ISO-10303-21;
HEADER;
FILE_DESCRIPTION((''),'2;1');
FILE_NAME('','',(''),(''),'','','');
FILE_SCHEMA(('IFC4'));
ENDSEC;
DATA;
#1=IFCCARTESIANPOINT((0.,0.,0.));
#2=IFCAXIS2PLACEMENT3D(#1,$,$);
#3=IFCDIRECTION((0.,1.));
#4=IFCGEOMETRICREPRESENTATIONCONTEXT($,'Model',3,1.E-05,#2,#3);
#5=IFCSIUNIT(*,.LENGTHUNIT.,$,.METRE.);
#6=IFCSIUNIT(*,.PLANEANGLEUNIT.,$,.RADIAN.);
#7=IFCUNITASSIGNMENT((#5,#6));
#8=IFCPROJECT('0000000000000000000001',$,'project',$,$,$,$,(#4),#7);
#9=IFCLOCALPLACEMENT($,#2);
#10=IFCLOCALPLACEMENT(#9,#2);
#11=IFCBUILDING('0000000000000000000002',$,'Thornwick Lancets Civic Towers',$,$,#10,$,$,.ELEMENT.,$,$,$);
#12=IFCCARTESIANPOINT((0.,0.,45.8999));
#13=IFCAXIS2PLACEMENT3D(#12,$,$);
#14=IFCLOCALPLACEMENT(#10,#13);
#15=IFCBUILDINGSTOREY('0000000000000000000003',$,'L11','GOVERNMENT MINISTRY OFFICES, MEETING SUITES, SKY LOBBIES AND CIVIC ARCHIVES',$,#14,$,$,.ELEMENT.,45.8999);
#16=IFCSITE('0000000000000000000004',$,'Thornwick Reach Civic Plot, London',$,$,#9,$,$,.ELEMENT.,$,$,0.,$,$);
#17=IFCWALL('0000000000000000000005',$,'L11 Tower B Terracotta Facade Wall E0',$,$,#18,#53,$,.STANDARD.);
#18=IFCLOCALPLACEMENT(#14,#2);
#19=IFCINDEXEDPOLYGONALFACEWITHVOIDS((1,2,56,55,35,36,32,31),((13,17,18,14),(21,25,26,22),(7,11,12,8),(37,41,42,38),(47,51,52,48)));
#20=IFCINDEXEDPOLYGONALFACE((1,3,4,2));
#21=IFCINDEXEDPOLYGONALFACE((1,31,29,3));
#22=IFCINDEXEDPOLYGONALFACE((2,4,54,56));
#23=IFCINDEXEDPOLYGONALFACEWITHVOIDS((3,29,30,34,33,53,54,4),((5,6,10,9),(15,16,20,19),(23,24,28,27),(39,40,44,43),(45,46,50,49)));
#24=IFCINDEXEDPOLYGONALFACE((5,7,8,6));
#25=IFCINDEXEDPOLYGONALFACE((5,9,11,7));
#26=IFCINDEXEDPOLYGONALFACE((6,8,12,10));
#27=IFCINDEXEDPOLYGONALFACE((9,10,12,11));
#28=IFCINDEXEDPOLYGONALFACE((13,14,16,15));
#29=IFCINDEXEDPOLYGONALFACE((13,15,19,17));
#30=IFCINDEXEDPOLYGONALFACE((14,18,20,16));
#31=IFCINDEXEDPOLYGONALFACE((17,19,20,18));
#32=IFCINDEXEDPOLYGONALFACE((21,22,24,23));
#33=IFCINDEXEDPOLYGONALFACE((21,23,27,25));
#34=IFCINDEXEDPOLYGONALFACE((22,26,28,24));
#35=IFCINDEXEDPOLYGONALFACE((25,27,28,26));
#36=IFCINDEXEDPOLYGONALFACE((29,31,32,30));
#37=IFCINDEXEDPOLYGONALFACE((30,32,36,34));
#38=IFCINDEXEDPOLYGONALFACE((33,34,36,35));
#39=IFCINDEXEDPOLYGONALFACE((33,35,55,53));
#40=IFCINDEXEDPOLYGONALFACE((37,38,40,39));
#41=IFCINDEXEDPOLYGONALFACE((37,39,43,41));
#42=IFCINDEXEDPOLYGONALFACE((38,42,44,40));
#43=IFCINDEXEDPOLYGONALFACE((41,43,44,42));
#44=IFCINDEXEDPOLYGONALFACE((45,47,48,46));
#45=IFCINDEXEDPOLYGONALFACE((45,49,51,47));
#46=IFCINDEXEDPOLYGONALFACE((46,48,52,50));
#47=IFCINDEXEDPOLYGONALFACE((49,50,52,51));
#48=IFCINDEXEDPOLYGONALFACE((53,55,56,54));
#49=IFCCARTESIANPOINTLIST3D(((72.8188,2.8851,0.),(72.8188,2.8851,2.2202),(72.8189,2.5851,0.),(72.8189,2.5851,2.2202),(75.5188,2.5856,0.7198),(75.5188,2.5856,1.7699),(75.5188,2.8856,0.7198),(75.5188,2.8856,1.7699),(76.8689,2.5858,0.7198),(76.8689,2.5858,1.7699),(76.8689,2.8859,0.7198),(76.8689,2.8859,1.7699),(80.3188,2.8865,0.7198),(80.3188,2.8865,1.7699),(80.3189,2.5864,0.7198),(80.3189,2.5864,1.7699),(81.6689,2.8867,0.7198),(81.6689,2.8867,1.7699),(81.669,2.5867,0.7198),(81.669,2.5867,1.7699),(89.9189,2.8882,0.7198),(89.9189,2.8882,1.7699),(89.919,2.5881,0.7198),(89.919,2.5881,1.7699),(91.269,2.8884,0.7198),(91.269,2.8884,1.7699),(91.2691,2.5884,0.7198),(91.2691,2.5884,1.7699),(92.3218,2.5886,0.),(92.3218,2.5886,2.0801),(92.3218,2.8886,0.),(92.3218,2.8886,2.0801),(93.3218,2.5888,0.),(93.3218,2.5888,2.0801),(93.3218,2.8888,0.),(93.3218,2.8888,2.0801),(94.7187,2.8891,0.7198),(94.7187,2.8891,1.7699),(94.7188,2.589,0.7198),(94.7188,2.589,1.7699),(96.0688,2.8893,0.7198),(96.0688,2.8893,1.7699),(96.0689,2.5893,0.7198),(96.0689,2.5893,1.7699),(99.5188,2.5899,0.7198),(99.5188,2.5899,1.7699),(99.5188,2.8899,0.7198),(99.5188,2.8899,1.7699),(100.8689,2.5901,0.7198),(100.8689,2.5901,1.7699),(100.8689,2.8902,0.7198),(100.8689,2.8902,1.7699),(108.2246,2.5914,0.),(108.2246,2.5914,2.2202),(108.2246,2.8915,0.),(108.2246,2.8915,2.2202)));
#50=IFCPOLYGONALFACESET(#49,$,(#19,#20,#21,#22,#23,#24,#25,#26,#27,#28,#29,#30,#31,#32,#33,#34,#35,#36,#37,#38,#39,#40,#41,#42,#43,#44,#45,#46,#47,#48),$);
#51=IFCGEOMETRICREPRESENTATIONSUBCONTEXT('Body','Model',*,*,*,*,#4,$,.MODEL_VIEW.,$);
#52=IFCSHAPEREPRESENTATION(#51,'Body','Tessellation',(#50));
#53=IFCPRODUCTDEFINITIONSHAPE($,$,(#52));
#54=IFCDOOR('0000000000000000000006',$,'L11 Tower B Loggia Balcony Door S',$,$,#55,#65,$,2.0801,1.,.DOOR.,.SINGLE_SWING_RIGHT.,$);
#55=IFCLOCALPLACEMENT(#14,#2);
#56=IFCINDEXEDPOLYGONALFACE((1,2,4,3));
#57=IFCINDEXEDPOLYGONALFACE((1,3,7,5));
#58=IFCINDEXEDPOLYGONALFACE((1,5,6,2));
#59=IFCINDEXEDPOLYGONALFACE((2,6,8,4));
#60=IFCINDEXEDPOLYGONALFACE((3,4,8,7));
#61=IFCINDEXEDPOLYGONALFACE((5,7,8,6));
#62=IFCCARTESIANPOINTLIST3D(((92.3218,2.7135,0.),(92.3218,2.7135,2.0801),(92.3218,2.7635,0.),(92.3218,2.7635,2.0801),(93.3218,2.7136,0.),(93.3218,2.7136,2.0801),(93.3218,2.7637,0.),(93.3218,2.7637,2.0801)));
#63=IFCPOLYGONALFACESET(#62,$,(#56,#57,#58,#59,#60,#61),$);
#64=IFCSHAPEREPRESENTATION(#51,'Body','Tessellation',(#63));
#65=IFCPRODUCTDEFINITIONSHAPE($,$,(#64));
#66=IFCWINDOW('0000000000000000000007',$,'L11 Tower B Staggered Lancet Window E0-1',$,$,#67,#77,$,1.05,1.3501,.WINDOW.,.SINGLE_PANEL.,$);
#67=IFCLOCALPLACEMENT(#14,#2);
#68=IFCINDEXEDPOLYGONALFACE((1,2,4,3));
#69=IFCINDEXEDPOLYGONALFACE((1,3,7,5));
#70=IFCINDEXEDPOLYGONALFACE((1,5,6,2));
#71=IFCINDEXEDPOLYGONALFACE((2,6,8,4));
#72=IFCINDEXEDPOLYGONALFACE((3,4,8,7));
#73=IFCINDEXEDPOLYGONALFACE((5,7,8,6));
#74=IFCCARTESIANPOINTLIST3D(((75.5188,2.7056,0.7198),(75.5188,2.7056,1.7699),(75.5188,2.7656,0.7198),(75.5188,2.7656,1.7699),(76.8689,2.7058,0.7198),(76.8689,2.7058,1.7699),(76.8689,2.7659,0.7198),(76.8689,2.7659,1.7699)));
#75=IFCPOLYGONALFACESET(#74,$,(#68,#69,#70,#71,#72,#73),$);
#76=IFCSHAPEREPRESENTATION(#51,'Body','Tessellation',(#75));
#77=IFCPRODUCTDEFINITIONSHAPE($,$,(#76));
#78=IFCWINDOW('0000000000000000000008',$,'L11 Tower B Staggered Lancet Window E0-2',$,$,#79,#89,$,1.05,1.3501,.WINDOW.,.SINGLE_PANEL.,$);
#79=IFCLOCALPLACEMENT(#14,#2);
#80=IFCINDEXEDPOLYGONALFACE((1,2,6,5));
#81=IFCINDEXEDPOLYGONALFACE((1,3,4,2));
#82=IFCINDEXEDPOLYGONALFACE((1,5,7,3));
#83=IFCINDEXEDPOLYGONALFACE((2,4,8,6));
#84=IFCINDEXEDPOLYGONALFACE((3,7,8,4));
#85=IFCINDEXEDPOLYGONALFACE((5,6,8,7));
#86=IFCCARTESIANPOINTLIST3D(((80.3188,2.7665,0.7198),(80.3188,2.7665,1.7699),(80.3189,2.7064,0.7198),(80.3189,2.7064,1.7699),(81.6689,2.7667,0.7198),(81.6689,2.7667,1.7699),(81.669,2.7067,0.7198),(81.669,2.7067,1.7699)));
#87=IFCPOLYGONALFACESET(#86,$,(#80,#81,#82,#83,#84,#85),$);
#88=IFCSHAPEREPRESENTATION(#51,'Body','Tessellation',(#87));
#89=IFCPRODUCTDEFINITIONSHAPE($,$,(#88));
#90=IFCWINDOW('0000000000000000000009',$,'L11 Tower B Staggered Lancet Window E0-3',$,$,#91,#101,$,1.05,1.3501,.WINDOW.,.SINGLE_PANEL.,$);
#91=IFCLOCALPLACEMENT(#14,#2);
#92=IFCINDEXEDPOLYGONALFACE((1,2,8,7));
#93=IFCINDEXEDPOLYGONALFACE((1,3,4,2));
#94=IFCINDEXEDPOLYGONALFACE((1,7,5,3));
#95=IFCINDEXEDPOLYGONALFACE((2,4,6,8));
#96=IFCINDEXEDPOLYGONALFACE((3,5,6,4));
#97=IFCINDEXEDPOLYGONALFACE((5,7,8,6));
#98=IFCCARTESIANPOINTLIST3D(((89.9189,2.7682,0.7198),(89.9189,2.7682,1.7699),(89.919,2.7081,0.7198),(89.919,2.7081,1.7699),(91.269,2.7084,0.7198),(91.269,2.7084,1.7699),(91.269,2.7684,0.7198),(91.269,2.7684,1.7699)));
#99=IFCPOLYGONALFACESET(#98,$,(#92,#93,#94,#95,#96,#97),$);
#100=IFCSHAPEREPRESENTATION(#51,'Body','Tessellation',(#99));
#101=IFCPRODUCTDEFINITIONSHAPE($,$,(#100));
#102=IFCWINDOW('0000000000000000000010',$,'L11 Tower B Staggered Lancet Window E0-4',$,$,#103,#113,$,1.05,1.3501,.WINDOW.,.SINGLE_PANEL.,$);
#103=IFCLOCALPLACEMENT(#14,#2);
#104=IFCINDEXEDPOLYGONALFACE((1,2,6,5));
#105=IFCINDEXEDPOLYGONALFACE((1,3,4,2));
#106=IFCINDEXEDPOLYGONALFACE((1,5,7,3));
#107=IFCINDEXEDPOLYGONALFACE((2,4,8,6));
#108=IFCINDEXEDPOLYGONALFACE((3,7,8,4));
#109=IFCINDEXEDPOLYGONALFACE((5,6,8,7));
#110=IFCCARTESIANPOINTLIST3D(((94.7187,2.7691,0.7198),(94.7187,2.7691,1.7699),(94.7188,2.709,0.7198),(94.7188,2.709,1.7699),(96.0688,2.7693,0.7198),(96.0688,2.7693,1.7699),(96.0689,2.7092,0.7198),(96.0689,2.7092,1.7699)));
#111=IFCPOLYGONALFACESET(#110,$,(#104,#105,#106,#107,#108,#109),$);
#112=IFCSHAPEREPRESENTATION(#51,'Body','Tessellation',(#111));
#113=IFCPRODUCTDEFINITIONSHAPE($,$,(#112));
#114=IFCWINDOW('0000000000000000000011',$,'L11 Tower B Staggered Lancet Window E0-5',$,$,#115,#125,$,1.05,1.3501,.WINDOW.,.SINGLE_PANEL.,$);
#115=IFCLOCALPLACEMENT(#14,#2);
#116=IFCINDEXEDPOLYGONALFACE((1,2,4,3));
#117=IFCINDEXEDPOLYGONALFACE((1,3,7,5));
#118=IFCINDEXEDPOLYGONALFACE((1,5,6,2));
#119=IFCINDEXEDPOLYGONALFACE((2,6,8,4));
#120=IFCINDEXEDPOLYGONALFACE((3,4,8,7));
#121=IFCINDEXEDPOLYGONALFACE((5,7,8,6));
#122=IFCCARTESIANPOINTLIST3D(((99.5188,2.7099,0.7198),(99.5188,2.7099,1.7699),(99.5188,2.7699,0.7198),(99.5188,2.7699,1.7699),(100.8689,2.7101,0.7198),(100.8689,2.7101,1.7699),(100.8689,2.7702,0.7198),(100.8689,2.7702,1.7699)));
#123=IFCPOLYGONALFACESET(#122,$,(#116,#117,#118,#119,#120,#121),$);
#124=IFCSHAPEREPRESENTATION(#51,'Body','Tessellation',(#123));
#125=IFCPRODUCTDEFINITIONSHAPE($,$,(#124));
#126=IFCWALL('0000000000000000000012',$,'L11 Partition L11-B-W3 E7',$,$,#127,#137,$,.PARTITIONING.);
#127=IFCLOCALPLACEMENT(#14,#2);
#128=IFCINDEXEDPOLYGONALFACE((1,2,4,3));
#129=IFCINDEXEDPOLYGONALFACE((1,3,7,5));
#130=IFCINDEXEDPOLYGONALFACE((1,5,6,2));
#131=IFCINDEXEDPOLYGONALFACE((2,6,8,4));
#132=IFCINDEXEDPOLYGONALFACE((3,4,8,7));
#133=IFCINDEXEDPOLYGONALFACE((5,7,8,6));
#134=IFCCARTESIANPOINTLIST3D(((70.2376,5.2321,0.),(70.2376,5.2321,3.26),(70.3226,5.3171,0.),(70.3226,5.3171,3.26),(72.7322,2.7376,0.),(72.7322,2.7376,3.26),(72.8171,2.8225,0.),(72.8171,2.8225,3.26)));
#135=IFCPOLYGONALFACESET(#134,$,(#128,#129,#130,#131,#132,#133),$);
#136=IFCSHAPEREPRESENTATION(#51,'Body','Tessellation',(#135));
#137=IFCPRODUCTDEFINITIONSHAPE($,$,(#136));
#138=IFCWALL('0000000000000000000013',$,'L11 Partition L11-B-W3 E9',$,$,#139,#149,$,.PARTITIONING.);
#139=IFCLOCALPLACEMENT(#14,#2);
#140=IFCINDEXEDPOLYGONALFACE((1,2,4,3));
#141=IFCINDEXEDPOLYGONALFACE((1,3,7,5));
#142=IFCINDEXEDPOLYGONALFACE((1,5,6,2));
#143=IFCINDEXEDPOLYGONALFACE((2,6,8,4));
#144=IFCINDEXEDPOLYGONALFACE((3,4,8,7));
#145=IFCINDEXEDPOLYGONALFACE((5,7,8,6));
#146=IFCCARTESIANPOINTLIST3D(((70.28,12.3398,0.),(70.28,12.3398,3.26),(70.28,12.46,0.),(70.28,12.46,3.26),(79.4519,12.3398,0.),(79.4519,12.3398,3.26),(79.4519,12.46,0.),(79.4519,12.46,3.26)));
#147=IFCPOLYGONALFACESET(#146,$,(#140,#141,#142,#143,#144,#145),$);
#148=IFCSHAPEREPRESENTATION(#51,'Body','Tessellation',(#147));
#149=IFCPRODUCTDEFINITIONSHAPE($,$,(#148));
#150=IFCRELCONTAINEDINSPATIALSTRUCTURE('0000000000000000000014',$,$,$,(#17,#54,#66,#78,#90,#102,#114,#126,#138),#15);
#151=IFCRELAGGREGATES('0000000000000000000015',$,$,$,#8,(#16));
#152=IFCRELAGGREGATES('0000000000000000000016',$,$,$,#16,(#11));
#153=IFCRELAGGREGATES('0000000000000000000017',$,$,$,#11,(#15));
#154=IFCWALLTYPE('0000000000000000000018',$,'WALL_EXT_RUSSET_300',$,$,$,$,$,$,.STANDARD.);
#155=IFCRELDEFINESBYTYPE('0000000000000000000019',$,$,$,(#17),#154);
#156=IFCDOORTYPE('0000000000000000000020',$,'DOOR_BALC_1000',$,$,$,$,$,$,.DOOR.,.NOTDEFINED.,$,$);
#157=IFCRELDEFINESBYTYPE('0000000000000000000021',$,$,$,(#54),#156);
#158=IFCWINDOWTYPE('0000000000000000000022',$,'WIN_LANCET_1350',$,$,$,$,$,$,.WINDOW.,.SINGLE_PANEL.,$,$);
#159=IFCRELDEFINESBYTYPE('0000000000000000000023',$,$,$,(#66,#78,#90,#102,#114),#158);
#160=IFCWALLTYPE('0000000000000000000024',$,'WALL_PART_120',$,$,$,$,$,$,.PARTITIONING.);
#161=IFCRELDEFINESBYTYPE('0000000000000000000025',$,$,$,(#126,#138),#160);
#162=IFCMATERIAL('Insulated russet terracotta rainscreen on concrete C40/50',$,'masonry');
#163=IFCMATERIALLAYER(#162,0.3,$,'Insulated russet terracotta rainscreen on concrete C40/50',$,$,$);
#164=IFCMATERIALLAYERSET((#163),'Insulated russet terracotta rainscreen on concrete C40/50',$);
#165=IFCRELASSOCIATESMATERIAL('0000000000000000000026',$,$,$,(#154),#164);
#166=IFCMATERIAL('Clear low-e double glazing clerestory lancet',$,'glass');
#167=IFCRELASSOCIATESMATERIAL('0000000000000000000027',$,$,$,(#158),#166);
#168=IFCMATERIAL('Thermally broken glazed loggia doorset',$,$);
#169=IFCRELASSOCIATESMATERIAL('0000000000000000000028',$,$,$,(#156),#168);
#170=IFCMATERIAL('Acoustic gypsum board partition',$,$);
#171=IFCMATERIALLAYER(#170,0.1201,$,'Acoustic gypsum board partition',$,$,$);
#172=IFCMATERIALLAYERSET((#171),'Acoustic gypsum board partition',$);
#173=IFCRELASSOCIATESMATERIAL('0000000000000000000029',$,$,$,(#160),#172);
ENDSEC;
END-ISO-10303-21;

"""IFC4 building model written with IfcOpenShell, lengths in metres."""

from ifc_helpers import new_model, si_unit, direction, frame, frame_2d, origin, place, context, subcontext, project, spatial, rectangle, extrude, material, layer, layer_set, type_object, element, fill, save


model = new_model("IFC4")

# Units and contexts
model_context = context("Model", 3, precision=1e-05, world=origin(), true_north=direction((0.0, 1.0)))
body_context = subcontext(model_context, "Body", "Model", "MODEL_VIEW")
ifc_project = project(units=[si_unit("LENGTHUNIT", "METRE"), si_unit("PLANEANGLEUNIT", "RADIAN")], contexts=[model_context])

# Site, building, storey
site_placement = place(None, origin())
site = spatial("IfcSite", under=ifc_project, at=site_placement, Name="Thornwick Reach Civic Plot, London", CompositionType="ELEMENT", RefElevation=0.0)
building_placement = place(site_placement, origin())
building = spatial("IfcBuilding", under=site, at=building_placement, Name="Thornwick Lancets Civic Towers", CompositionType="ELEMENT")
storey_placement = place(building_placement, frame((0.0, 0.0, 45.8999)))
storey = spatial("IfcBuildingStorey", under=building, at=storey_placement, Name="L11", Description="GOVERNMENT MINISTRY OFFICES, MEETING SUITES, SKY LOBBIES AND CIVIC ARCHIVES", CompositionType="ELEMENT", Elevation=45.8999)

# Shared definitions
ifc_material_1 = material(Name="Insulated russet terracotta rainscreen on concrete C40/50", Category="masonry")
ifc_layer_1 = layer(ifc_material_1, 0.3, Name="Insulated russet terracotta rainscreen on concrete C40/50")
ifc_layer_set_1 = layer_set([ifc_layer_1], Name="Insulated russet terracotta rainscreen on concrete C40/50")
wall_type_1 = type_object("IfcWallType", Name="WALL_EXT_RUSSET_300", PredefinedType="STANDARD", material=ifc_layer_set_1)
ifc_material_2 = material(Name="Clear low-e double glazing clerestory lancet", Category="glass")
window_type = type_object("IfcWindowType", Name="WIN_LANCET_1350", PartitioningType="SINGLE_PANEL", PredefinedType="WINDOW", material=ifc_material_2)

# Wall, openings, door, windows
wall_1_placement = place(storey_placement, frame((72.8188, 2.7351, 0.0), z_axis=(0.0, 0.0, 1.0), x_axis=(1.0, 0.000179, 0.0)))
wall_1 = element("IfcWall", 1, at=wall_1_placement, inside=storey, type_object=wall_type_1, Name="L11 Tower B Terracotta Facade Wall E0", PredefinedType="STANDARD", context=body_context, shape_type="SweptSolid", body=[
    extrude(rectangle(XDim=35.4058, YDim=0.3, at=frame_2d((17.7029, 0.0))), origin(), (0.0, 0.0, 1.0), 2.2202),
])
opening_1_placement = place(wall_1_placement, frame((19.5029, 0.0, 0.0)))
opening_1 = element("IfcOpeningElement", 2, at=opening_1_placement, cuts=wall_1, PredefinedType="OPENING", context=body_context, shape_type="SweptSolid", body=[
    extrude(rectangle(XDim=1.0, YDim=2.0801, at=frame_2d((0.5, 1.04))), frame((0.0, 0.1602, 0.0), z_axis=(0.0, -1.0, 0.0), x_axis=(1.0, 0.0, 0.0)), (0.0, 0.0, 1.0), 0.3201),
])
opening_2_placement = place(wall_1_placement, frame((2.7, 0.0, 0.72)))
opening_2 = element("IfcOpeningElement", 3, at=opening_2_placement, cuts=wall_1, PredefinedType="OPENING", context=body_context, shape_type="SweptSolid", body=[
    extrude(rectangle(XDim=1.3501, YDim=1.05, at=frame_2d((0.675, 0.5249))), frame((0.0, 0.1602, 0.0), z_axis=(0.0, -1.0, 0.0), x_axis=(1.0, 0.0, 0.0)), (0.0, 0.0, 1.0), 0.3201),
])
opening_3_placement = place(wall_1_placement, frame((7.5, 0.0, 0.72)))
opening_3 = element("IfcOpeningElement", 4, at=opening_3_placement, cuts=wall_1, PredefinedType="OPENING", context=body_context, shape_type="SweptSolid", body=[
    extrude(rectangle(XDim=1.3501, YDim=1.05, at=frame_2d((0.675, 0.5249))), frame((0.0, 0.1602, 0.0), z_axis=(0.0, -1.0, 0.0), x_axis=(1.0, 0.0, 0.0)), (0.0, 0.0, 1.0), 0.3201),
])
opening_4_placement = place(wall_1_placement, frame((17.1001, 0.0, 0.72)))
opening_4 = element("IfcOpeningElement", 5, at=opening_4_placement, cuts=wall_1, PredefinedType="OPENING", context=body_context, shape_type="SweptSolid", body=[
    extrude(rectangle(XDim=1.3501, YDim=1.05, at=frame_2d((0.675, 0.5249))), frame((0.0, 0.1602, 0.0), z_axis=(0.0, -1.0, 0.0), x_axis=(1.0, 0.0, 0.0)), (0.0, 0.0, 1.0), 0.3201),
])
opening_5_placement = place(wall_1_placement, frame((21.8999, 0.0, 0.72)))
opening_5 = element("IfcOpeningElement", 6, at=opening_5_placement, cuts=wall_1, PredefinedType="OPENING", context=body_context, shape_type="SweptSolid", body=[
    extrude(rectangle(XDim=1.3501, YDim=1.05, at=frame_2d((0.675, 0.5249))), frame((0.0, 0.1602, 0.0), z_axis=(0.0, -1.0, 0.0), x_axis=(1.0, 0.0, 0.0)), (0.0, 0.0, 1.0), 0.3201),
])
opening_6_placement = place(wall_1_placement, frame((26.7, 0.0, 0.72)))
opening_6 = element("IfcOpeningElement", 7, at=opening_6_placement, cuts=wall_1, PredefinedType="OPENING", context=body_context, shape_type="SweptSolid", body=[
    extrude(rectangle(XDim=1.3501, YDim=1.05, at=frame_2d((0.675, 0.5249))), frame((0.0, 0.1602, 0.0), z_axis=(0.0, -1.0, 0.0), x_axis=(1.0, 0.0, 0.0)), (0.0, 0.0, 1.0), 0.3201),
])
ifc_material_3 = material(Name="Thermally broken glazed loggia doorset")
door_type = type_object("IfcDoorType", Name="DOOR_BALC_1000", OperationType="NOTDEFINED", PredefinedType="DOOR", material=ifc_material_3)
door_placement = place(opening_1_placement, origin())
door = element("IfcDoor", 8, at=door_placement, inside=storey, type_object=door_type, Name="L11 Tower B Loggia Balcony Door S", OperationType="SINGLE_SWING_RIGHT", OverallHeight=2.0801, OverallWidth=1.0, PredefinedType="DOOR", context=body_context, shape_type="SweptSolid", body=[
    extrude(rectangle(XDim=1.0, YDim=2.0801, at=frame_2d((0.5, 1.04))), frame((0.0, 0.0249, 0.0), z_axis=(0.0, -1.0, 0.0), x_axis=(1.0, 0.0, 0.0)), (0.0, 0.0, 1.0), 0.05),
])
fill(opening_1, door)
window_1_placement = place(opening_2_placement, origin())
window_1 = element("IfcWindow", 9, at=window_1_placement, inside=storey, type_object=window_type, Name="L11 Tower B Staggered Lancet Window E0-1", OverallHeight=1.05, OverallWidth=1.3501, PartitioningType="SINGLE_PANEL", PredefinedType="WINDOW", context=body_context, shape_type="SweptSolid", body=[
    extrude(rectangle(XDim=1.3501, YDim=1.05, at=frame_2d((0.675, 0.5249))), frame((0.0, 0.03, 0.0), z_axis=(0.0, -1.0, 0.0), x_axis=(1.0, 0.0, 0.0)), (0.0, 0.0, 1.0), 0.0601),
])
fill(opening_2, window_1)
window_2_placement = place(opening_3_placement, origin())
window_2 = element("IfcWindow", 10, at=window_2_placement, inside=storey, type_object=window_type, Name="L11 Tower B Staggered Lancet Window E0-2", OverallHeight=1.05, OverallWidth=1.3501, PartitioningType="SINGLE_PANEL", PredefinedType="WINDOW", context=body_context, shape_type="SweptSolid", body=[
    extrude(rectangle(XDim=1.3501, YDim=1.05, at=frame_2d((0.675, 0.5249))), frame((0.0, 0.03, 0.0), z_axis=(0.0, -1.0, 0.0), x_axis=(1.0, 0.0, 0.0)), (0.0, 0.0, 1.0), 0.0601),
])
fill(opening_3, window_2)
window_3_placement = place(opening_4_placement, origin())
window_3 = element("IfcWindow", 11, at=window_3_placement, inside=storey, type_object=window_type, Name="L11 Tower B Staggered Lancet Window E0-3", OverallHeight=1.05, OverallWidth=1.3501, PartitioningType="SINGLE_PANEL", PredefinedType="WINDOW", context=body_context, shape_type="SweptSolid", body=[
    extrude(rectangle(XDim=1.3501, YDim=1.05, at=frame_2d((0.675, 0.5249))), frame((0.0, 0.03, 0.0), z_axis=(0.0, -1.0, 0.0), x_axis=(1.0, 0.0, 0.0)), (0.0, 0.0, 1.0), 0.0601),
])
fill(opening_4, window_3)
window_4_placement = place(opening_5_placement, origin())
window_4 = element("IfcWindow", 12, at=window_4_placement, inside=storey, type_object=window_type, Name="L11 Tower B Staggered Lancet Window E0-4", OverallHeight=1.05, OverallWidth=1.3501, PartitioningType="SINGLE_PANEL", PredefinedType="WINDOW", context=body_context, shape_type="SweptSolid", body=[
    extrude(rectangle(XDim=1.3501, YDim=1.05, at=frame_2d((0.675, 0.5249))), frame((0.0, 0.03, 0.0), z_axis=(0.0, -1.0, 0.0), x_axis=(1.0, 0.0, 0.0)), (0.0, 0.0, 1.0), 0.0601),
])
fill(opening_5, window_4)
window_5_placement = place(opening_6_placement, origin())
window_5 = element("IfcWindow", 13, at=window_5_placement, inside=storey, type_object=window_type, Name="L11 Tower B Staggered Lancet Window E0-5", OverallHeight=1.05, OverallWidth=1.3501, PartitioningType="SINGLE_PANEL", PredefinedType="WINDOW", context=body_context, shape_type="SweptSolid", body=[
    extrude(rectangle(XDim=1.3501, YDim=1.05, at=frame_2d((0.675, 0.5249))), frame((0.0, 0.03, 0.0), z_axis=(0.0, -1.0, 0.0), x_axis=(1.0, 0.0, 0.0)), (0.0, 0.0, 1.0), 0.0601),
])
fill(opening_6, window_5)

# Walls
ifc_material_4 = material(Name="Acoustic gypsum board partition")
ifc_layer_2 = layer(ifc_material_4, 0.1201, Name="Acoustic gypsum board partition")
ifc_layer_set_2 = layer_set([ifc_layer_2], Name="Acoustic gypsum board partition")
wall_type_2 = type_object("IfcWallType", Name="WALL_PART_120", PredefinedType="PARTITIONING", material=ifc_layer_set_2)
wall_2_placement = place(storey_placement, frame((72.7747, 2.78, 0.0), z_axis=(0.0, 0.0, 1.0), x_axis=(-0.707107, 0.707107, 0.0)))
element("IfcWall", 14, at=wall_2_placement, inside=storey, type_object=wall_type_2, Name="L11 Partition L11-B-W3 E7", PredefinedType="PARTITIONING", context=body_context, shape_type="SweptSolid", body=[
    extrude(rectangle(XDim=3.5278, YDim=0.1201, at=frame_2d((1.7639, 0.0))), origin(), (0.0, 0.0, 1.0), 3.26),
])
wall_3_placement = place(storey_placement, frame((70.28, 12.3999, 0.0), z_axis=(0.0, 0.0, 1.0), x_axis=(1.0, 0.0, 0.0)))
element("IfcWall", 15, at=wall_3_placement, inside=storey, type_object=wall_type_2, Name="L11 Partition L11-B-W3 E9", PredefinedType="PARTITIONING", context=body_context, shape_type="SweptSolid", body=[
    extrude(rectangle(XDim=9.1719, YDim=0.1201, at=frame_2d((4.5859, 0.0))), origin(), (0.0, 0.0, 1.0), 3.26),
])

save(model, "model.ifc")
